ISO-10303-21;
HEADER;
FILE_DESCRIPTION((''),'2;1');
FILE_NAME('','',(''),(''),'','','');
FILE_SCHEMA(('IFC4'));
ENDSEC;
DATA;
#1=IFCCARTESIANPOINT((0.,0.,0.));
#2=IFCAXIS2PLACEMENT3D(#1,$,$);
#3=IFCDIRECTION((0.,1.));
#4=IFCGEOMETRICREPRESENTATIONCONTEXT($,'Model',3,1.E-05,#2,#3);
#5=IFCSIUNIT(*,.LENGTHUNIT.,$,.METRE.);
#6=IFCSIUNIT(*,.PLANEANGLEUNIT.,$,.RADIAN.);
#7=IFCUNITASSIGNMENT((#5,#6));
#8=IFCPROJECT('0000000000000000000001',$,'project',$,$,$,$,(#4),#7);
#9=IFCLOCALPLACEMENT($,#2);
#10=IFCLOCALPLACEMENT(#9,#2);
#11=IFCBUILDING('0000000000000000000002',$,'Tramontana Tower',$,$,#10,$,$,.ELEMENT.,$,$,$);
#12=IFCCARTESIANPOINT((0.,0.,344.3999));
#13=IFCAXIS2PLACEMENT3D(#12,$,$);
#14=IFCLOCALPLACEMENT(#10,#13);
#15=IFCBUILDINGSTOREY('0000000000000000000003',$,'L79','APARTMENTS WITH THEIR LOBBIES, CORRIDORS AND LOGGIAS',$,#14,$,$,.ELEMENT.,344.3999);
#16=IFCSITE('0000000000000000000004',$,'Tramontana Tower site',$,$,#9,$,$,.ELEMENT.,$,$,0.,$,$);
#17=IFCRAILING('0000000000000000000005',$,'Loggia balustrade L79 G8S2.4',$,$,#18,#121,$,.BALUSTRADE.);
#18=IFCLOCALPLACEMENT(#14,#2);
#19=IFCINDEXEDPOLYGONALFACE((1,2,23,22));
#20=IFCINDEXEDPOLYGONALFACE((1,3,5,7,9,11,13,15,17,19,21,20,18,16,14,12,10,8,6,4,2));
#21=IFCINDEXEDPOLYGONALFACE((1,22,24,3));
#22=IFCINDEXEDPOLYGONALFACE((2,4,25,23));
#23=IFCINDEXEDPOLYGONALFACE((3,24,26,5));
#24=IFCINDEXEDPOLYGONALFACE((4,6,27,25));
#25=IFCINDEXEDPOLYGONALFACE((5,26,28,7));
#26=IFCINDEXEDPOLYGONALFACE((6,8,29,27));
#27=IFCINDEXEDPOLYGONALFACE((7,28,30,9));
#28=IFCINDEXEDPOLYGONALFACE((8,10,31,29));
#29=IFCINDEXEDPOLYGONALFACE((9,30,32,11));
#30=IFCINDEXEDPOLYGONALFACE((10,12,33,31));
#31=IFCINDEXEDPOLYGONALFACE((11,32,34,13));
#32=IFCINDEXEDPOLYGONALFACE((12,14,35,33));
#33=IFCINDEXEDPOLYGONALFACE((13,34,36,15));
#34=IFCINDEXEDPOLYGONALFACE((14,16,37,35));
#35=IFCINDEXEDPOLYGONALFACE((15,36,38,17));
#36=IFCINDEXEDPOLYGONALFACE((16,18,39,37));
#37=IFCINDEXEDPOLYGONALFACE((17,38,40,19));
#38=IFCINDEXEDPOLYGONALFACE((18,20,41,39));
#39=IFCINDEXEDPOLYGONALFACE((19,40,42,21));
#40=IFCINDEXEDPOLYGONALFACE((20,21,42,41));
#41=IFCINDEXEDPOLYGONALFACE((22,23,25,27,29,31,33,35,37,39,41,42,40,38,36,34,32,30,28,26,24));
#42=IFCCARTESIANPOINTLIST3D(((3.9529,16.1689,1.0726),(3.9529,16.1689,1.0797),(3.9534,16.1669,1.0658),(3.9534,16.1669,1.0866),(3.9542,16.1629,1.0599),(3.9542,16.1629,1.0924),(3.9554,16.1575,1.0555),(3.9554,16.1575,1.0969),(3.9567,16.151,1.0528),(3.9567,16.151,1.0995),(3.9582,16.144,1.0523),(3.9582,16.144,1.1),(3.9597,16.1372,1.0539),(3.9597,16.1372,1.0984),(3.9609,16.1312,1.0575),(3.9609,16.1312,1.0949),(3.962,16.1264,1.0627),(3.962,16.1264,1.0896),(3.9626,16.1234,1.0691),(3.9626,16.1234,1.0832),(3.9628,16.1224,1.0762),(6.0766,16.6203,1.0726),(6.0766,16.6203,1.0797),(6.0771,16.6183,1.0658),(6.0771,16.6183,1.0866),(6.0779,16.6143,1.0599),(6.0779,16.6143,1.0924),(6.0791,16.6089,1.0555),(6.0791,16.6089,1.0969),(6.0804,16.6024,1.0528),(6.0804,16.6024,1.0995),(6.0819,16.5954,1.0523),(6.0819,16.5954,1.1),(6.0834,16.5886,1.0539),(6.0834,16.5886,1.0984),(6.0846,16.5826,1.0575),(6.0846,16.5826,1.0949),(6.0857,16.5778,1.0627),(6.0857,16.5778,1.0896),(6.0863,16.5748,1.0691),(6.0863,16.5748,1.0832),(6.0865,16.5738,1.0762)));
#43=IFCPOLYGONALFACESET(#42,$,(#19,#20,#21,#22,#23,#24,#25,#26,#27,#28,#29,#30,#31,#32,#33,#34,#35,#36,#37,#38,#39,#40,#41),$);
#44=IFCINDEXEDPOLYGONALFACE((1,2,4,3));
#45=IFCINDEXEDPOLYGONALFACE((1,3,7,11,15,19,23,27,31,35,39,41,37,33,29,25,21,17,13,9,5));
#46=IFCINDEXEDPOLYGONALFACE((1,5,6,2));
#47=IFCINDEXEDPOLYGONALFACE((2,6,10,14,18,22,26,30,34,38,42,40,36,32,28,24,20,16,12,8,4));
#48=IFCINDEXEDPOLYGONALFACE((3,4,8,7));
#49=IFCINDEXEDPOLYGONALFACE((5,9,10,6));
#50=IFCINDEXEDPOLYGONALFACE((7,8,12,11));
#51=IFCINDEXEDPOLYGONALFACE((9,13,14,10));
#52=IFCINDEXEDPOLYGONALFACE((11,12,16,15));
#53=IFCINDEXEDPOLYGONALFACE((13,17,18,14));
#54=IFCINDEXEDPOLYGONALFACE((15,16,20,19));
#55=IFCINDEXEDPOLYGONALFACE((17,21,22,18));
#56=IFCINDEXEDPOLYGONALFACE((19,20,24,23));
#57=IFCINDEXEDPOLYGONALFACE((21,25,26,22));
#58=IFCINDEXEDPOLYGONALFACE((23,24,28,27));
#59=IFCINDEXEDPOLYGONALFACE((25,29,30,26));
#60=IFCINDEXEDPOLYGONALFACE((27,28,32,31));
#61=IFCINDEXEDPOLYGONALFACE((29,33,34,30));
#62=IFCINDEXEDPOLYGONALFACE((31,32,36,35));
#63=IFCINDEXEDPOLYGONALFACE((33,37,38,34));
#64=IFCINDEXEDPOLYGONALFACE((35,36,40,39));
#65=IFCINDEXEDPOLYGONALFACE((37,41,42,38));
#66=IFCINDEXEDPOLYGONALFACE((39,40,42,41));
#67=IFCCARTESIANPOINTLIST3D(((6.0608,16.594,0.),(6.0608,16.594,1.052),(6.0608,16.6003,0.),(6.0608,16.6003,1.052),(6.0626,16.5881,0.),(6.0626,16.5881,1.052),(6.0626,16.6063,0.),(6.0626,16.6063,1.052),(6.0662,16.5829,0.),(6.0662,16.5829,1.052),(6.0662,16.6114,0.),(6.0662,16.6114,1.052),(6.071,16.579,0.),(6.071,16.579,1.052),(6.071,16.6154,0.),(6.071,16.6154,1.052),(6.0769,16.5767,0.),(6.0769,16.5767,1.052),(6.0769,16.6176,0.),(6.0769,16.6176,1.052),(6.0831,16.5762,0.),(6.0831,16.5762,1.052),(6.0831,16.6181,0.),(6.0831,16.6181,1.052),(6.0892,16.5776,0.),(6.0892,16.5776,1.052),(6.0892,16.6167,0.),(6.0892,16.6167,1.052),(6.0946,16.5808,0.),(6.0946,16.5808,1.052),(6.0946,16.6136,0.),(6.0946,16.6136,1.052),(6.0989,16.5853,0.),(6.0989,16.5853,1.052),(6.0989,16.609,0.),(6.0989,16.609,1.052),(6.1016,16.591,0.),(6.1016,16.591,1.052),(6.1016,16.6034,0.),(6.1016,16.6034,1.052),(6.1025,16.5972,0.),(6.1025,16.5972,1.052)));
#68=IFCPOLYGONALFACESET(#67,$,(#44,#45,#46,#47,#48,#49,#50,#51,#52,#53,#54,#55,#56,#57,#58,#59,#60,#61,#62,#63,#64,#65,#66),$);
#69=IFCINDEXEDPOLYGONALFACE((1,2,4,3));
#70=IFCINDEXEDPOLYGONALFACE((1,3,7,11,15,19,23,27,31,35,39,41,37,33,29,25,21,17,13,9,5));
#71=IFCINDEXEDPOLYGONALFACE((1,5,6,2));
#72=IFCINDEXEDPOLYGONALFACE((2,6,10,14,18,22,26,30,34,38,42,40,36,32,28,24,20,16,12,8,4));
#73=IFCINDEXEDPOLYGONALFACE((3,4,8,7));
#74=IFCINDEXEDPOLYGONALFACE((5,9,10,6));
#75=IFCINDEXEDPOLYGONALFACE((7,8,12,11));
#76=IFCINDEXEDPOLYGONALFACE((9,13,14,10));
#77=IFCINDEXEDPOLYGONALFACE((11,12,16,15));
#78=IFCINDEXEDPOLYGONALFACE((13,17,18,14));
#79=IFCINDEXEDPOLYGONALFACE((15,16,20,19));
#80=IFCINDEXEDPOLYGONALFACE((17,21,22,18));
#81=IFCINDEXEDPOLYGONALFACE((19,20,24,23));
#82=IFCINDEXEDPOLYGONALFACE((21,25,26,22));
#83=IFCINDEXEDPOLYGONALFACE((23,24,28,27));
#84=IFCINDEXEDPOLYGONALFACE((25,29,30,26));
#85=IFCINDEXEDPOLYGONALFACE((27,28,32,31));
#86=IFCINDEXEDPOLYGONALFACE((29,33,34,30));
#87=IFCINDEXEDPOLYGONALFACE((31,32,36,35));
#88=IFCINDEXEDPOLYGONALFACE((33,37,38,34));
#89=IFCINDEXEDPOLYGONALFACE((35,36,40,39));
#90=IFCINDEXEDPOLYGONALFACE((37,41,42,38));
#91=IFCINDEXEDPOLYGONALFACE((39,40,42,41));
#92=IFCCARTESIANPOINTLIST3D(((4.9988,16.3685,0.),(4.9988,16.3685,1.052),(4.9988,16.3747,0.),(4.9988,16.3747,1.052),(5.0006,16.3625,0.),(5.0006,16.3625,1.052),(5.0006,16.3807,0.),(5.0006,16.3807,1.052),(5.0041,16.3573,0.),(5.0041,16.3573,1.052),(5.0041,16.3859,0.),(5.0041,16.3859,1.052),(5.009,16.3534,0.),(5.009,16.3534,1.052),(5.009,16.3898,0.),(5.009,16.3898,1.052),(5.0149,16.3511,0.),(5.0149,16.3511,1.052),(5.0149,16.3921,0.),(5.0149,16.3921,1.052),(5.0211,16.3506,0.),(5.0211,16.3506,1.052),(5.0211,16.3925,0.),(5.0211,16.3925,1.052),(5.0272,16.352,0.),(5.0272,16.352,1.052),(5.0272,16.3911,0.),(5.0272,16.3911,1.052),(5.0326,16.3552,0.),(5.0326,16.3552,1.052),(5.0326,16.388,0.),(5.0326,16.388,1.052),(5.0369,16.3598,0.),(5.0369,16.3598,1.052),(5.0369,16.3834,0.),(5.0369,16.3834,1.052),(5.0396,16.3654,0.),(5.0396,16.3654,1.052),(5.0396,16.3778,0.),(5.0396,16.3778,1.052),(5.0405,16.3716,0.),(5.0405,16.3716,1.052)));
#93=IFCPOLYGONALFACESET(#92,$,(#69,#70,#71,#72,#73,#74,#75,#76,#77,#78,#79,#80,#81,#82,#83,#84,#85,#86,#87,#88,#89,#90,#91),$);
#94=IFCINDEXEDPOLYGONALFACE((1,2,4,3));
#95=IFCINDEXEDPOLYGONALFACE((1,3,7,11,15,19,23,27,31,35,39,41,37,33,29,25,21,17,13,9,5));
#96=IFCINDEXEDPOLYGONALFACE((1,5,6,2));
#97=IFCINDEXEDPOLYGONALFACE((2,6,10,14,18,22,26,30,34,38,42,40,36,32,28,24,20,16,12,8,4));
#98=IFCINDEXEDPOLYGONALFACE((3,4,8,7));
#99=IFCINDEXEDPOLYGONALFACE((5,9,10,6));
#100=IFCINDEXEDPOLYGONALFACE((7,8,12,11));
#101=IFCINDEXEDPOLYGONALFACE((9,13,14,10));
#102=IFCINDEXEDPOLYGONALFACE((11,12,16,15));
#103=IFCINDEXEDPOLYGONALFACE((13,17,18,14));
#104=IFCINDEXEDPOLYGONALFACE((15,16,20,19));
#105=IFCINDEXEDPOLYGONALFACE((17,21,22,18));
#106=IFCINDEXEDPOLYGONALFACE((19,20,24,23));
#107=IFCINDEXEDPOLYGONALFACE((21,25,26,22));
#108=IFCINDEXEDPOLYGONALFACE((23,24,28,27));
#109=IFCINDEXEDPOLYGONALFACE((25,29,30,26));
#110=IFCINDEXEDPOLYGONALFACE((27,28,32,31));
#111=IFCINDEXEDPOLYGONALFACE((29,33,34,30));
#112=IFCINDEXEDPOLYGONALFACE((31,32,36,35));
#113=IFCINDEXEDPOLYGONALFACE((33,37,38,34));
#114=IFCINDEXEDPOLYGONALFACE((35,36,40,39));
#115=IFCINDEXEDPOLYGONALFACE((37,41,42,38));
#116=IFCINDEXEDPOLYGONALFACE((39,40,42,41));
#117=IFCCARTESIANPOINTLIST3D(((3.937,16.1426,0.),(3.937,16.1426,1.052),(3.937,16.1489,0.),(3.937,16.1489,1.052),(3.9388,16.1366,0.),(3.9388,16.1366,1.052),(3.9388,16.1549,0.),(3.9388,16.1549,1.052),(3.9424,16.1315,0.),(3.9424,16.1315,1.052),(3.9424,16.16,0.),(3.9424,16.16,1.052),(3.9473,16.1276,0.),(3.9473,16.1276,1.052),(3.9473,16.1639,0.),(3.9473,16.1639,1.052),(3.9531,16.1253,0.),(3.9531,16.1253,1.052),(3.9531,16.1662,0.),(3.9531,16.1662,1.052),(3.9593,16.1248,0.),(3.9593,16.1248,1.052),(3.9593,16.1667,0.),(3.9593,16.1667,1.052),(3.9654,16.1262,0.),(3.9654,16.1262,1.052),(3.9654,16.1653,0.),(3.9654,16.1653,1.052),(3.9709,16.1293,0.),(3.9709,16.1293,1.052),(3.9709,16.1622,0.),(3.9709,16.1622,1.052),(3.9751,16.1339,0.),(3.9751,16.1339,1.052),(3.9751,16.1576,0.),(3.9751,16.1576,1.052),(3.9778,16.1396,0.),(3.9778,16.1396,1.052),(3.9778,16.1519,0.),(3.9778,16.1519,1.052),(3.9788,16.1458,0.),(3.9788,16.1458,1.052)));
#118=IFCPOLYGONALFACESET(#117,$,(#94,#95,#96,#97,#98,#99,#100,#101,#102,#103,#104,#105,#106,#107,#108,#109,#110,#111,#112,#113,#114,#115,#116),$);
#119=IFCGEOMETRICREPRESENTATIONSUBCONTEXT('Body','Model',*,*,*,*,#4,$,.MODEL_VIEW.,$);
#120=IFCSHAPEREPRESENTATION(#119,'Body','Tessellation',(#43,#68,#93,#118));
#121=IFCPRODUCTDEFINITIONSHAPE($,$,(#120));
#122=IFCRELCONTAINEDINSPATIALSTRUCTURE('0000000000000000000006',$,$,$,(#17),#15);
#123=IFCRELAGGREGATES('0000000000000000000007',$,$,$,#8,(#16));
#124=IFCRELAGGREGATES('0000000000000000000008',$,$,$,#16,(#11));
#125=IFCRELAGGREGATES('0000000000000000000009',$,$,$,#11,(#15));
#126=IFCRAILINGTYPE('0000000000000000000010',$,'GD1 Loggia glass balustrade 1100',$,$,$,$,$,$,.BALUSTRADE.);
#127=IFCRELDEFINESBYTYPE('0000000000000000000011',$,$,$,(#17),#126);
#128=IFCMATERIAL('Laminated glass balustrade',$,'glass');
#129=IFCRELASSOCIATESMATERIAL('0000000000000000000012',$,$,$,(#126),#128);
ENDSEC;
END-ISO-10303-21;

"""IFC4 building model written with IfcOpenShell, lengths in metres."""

from ifc_helpers import new_model, si_unit, direction, frame, origin, origin_2d, place, context, subcontext, project, spatial, circle, extrude, material, type_object, element, save


model = new_model("IFC4")

# Units and contexts
model_context = context("Model", 3, precision=1e-05, world=origin(), true_north=direction((0.0, 1.0)))
body_context = subcontext(model_context, "Body", "Model", "MODEL_VIEW")
ifc_project = project(units=[si_unit("LENGTHUNIT", "METRE"), si_unit("PLANEANGLEUNIT", "RADIAN")], contexts=[model_context])

# Site, building, storey
site_placement = place(None, origin())
site = spatial("IfcSite", under=ifc_project, at=site_placement, Name="Tramontana Tower site", CompositionType="ELEMENT", RefElevation=0.0)
building_placement = place(site_placement, origin())
building = spatial("IfcBuilding", under=site, at=building_placement, Name="Tramontana Tower", CompositionType="ELEMENT")
storey_placement = place(building_placement, frame((0.0, 0.0, 344.3999)))
storey = spatial("IfcBuildingStorey", under=building, at=storey_placement, Name="L79", Description="APARTMENTS WITH THEIR LOBBIES, CORRIDORS AND LOGGIAS", CompositionType="ELEMENT", Elevation=344.3999)

# Railing
ifc_material_1 = material(Name="Laminated glass balustrade", Category="glass")
railing_type = type_object("IfcRailingType", Name="GD1 Loggia glass balustrade 1100", PredefinedType="BALUSTRADE", material=ifc_material_1)
railing_placement = place(storey_placement, frame((6.0815, 16.5972, 0.0)))
element("IfcRailing", 1, at=railing_placement, inside=storey, type_object=railing_type, Name="Loggia balustrade L79 G8S2.4", PredefinedType="BALUSTRADE", context=body_context, shape_type="SweptSolid", body=[
    extrude(circle(Radius=0.0239, at=origin_2d()), frame((0.0, 0.0, 1.0762), z_axis=(-0.978148, -0.207909, 0.0), x_axis=(0.207909, -0.978148, 0.0)), (0.0, 0.0, 1.0), 2.1711),
    extrude(circle(Radius=0.021, at=origin_2d()), origin(), (0.0, 0.0, 1.0), 1.052),
    extrude(circle(Radius=0.021, at=origin_2d()), frame((-1.062, -0.2256, 0.0)), (0.0, 0.0, 1.0), 1.052),
    extrude(circle(Radius=0.021, at=origin_2d()), frame((-2.1238, -0.4514, 0.0)), (0.0, 0.0, 1.0), 1.052),
])

save(model, "model.ifc")
